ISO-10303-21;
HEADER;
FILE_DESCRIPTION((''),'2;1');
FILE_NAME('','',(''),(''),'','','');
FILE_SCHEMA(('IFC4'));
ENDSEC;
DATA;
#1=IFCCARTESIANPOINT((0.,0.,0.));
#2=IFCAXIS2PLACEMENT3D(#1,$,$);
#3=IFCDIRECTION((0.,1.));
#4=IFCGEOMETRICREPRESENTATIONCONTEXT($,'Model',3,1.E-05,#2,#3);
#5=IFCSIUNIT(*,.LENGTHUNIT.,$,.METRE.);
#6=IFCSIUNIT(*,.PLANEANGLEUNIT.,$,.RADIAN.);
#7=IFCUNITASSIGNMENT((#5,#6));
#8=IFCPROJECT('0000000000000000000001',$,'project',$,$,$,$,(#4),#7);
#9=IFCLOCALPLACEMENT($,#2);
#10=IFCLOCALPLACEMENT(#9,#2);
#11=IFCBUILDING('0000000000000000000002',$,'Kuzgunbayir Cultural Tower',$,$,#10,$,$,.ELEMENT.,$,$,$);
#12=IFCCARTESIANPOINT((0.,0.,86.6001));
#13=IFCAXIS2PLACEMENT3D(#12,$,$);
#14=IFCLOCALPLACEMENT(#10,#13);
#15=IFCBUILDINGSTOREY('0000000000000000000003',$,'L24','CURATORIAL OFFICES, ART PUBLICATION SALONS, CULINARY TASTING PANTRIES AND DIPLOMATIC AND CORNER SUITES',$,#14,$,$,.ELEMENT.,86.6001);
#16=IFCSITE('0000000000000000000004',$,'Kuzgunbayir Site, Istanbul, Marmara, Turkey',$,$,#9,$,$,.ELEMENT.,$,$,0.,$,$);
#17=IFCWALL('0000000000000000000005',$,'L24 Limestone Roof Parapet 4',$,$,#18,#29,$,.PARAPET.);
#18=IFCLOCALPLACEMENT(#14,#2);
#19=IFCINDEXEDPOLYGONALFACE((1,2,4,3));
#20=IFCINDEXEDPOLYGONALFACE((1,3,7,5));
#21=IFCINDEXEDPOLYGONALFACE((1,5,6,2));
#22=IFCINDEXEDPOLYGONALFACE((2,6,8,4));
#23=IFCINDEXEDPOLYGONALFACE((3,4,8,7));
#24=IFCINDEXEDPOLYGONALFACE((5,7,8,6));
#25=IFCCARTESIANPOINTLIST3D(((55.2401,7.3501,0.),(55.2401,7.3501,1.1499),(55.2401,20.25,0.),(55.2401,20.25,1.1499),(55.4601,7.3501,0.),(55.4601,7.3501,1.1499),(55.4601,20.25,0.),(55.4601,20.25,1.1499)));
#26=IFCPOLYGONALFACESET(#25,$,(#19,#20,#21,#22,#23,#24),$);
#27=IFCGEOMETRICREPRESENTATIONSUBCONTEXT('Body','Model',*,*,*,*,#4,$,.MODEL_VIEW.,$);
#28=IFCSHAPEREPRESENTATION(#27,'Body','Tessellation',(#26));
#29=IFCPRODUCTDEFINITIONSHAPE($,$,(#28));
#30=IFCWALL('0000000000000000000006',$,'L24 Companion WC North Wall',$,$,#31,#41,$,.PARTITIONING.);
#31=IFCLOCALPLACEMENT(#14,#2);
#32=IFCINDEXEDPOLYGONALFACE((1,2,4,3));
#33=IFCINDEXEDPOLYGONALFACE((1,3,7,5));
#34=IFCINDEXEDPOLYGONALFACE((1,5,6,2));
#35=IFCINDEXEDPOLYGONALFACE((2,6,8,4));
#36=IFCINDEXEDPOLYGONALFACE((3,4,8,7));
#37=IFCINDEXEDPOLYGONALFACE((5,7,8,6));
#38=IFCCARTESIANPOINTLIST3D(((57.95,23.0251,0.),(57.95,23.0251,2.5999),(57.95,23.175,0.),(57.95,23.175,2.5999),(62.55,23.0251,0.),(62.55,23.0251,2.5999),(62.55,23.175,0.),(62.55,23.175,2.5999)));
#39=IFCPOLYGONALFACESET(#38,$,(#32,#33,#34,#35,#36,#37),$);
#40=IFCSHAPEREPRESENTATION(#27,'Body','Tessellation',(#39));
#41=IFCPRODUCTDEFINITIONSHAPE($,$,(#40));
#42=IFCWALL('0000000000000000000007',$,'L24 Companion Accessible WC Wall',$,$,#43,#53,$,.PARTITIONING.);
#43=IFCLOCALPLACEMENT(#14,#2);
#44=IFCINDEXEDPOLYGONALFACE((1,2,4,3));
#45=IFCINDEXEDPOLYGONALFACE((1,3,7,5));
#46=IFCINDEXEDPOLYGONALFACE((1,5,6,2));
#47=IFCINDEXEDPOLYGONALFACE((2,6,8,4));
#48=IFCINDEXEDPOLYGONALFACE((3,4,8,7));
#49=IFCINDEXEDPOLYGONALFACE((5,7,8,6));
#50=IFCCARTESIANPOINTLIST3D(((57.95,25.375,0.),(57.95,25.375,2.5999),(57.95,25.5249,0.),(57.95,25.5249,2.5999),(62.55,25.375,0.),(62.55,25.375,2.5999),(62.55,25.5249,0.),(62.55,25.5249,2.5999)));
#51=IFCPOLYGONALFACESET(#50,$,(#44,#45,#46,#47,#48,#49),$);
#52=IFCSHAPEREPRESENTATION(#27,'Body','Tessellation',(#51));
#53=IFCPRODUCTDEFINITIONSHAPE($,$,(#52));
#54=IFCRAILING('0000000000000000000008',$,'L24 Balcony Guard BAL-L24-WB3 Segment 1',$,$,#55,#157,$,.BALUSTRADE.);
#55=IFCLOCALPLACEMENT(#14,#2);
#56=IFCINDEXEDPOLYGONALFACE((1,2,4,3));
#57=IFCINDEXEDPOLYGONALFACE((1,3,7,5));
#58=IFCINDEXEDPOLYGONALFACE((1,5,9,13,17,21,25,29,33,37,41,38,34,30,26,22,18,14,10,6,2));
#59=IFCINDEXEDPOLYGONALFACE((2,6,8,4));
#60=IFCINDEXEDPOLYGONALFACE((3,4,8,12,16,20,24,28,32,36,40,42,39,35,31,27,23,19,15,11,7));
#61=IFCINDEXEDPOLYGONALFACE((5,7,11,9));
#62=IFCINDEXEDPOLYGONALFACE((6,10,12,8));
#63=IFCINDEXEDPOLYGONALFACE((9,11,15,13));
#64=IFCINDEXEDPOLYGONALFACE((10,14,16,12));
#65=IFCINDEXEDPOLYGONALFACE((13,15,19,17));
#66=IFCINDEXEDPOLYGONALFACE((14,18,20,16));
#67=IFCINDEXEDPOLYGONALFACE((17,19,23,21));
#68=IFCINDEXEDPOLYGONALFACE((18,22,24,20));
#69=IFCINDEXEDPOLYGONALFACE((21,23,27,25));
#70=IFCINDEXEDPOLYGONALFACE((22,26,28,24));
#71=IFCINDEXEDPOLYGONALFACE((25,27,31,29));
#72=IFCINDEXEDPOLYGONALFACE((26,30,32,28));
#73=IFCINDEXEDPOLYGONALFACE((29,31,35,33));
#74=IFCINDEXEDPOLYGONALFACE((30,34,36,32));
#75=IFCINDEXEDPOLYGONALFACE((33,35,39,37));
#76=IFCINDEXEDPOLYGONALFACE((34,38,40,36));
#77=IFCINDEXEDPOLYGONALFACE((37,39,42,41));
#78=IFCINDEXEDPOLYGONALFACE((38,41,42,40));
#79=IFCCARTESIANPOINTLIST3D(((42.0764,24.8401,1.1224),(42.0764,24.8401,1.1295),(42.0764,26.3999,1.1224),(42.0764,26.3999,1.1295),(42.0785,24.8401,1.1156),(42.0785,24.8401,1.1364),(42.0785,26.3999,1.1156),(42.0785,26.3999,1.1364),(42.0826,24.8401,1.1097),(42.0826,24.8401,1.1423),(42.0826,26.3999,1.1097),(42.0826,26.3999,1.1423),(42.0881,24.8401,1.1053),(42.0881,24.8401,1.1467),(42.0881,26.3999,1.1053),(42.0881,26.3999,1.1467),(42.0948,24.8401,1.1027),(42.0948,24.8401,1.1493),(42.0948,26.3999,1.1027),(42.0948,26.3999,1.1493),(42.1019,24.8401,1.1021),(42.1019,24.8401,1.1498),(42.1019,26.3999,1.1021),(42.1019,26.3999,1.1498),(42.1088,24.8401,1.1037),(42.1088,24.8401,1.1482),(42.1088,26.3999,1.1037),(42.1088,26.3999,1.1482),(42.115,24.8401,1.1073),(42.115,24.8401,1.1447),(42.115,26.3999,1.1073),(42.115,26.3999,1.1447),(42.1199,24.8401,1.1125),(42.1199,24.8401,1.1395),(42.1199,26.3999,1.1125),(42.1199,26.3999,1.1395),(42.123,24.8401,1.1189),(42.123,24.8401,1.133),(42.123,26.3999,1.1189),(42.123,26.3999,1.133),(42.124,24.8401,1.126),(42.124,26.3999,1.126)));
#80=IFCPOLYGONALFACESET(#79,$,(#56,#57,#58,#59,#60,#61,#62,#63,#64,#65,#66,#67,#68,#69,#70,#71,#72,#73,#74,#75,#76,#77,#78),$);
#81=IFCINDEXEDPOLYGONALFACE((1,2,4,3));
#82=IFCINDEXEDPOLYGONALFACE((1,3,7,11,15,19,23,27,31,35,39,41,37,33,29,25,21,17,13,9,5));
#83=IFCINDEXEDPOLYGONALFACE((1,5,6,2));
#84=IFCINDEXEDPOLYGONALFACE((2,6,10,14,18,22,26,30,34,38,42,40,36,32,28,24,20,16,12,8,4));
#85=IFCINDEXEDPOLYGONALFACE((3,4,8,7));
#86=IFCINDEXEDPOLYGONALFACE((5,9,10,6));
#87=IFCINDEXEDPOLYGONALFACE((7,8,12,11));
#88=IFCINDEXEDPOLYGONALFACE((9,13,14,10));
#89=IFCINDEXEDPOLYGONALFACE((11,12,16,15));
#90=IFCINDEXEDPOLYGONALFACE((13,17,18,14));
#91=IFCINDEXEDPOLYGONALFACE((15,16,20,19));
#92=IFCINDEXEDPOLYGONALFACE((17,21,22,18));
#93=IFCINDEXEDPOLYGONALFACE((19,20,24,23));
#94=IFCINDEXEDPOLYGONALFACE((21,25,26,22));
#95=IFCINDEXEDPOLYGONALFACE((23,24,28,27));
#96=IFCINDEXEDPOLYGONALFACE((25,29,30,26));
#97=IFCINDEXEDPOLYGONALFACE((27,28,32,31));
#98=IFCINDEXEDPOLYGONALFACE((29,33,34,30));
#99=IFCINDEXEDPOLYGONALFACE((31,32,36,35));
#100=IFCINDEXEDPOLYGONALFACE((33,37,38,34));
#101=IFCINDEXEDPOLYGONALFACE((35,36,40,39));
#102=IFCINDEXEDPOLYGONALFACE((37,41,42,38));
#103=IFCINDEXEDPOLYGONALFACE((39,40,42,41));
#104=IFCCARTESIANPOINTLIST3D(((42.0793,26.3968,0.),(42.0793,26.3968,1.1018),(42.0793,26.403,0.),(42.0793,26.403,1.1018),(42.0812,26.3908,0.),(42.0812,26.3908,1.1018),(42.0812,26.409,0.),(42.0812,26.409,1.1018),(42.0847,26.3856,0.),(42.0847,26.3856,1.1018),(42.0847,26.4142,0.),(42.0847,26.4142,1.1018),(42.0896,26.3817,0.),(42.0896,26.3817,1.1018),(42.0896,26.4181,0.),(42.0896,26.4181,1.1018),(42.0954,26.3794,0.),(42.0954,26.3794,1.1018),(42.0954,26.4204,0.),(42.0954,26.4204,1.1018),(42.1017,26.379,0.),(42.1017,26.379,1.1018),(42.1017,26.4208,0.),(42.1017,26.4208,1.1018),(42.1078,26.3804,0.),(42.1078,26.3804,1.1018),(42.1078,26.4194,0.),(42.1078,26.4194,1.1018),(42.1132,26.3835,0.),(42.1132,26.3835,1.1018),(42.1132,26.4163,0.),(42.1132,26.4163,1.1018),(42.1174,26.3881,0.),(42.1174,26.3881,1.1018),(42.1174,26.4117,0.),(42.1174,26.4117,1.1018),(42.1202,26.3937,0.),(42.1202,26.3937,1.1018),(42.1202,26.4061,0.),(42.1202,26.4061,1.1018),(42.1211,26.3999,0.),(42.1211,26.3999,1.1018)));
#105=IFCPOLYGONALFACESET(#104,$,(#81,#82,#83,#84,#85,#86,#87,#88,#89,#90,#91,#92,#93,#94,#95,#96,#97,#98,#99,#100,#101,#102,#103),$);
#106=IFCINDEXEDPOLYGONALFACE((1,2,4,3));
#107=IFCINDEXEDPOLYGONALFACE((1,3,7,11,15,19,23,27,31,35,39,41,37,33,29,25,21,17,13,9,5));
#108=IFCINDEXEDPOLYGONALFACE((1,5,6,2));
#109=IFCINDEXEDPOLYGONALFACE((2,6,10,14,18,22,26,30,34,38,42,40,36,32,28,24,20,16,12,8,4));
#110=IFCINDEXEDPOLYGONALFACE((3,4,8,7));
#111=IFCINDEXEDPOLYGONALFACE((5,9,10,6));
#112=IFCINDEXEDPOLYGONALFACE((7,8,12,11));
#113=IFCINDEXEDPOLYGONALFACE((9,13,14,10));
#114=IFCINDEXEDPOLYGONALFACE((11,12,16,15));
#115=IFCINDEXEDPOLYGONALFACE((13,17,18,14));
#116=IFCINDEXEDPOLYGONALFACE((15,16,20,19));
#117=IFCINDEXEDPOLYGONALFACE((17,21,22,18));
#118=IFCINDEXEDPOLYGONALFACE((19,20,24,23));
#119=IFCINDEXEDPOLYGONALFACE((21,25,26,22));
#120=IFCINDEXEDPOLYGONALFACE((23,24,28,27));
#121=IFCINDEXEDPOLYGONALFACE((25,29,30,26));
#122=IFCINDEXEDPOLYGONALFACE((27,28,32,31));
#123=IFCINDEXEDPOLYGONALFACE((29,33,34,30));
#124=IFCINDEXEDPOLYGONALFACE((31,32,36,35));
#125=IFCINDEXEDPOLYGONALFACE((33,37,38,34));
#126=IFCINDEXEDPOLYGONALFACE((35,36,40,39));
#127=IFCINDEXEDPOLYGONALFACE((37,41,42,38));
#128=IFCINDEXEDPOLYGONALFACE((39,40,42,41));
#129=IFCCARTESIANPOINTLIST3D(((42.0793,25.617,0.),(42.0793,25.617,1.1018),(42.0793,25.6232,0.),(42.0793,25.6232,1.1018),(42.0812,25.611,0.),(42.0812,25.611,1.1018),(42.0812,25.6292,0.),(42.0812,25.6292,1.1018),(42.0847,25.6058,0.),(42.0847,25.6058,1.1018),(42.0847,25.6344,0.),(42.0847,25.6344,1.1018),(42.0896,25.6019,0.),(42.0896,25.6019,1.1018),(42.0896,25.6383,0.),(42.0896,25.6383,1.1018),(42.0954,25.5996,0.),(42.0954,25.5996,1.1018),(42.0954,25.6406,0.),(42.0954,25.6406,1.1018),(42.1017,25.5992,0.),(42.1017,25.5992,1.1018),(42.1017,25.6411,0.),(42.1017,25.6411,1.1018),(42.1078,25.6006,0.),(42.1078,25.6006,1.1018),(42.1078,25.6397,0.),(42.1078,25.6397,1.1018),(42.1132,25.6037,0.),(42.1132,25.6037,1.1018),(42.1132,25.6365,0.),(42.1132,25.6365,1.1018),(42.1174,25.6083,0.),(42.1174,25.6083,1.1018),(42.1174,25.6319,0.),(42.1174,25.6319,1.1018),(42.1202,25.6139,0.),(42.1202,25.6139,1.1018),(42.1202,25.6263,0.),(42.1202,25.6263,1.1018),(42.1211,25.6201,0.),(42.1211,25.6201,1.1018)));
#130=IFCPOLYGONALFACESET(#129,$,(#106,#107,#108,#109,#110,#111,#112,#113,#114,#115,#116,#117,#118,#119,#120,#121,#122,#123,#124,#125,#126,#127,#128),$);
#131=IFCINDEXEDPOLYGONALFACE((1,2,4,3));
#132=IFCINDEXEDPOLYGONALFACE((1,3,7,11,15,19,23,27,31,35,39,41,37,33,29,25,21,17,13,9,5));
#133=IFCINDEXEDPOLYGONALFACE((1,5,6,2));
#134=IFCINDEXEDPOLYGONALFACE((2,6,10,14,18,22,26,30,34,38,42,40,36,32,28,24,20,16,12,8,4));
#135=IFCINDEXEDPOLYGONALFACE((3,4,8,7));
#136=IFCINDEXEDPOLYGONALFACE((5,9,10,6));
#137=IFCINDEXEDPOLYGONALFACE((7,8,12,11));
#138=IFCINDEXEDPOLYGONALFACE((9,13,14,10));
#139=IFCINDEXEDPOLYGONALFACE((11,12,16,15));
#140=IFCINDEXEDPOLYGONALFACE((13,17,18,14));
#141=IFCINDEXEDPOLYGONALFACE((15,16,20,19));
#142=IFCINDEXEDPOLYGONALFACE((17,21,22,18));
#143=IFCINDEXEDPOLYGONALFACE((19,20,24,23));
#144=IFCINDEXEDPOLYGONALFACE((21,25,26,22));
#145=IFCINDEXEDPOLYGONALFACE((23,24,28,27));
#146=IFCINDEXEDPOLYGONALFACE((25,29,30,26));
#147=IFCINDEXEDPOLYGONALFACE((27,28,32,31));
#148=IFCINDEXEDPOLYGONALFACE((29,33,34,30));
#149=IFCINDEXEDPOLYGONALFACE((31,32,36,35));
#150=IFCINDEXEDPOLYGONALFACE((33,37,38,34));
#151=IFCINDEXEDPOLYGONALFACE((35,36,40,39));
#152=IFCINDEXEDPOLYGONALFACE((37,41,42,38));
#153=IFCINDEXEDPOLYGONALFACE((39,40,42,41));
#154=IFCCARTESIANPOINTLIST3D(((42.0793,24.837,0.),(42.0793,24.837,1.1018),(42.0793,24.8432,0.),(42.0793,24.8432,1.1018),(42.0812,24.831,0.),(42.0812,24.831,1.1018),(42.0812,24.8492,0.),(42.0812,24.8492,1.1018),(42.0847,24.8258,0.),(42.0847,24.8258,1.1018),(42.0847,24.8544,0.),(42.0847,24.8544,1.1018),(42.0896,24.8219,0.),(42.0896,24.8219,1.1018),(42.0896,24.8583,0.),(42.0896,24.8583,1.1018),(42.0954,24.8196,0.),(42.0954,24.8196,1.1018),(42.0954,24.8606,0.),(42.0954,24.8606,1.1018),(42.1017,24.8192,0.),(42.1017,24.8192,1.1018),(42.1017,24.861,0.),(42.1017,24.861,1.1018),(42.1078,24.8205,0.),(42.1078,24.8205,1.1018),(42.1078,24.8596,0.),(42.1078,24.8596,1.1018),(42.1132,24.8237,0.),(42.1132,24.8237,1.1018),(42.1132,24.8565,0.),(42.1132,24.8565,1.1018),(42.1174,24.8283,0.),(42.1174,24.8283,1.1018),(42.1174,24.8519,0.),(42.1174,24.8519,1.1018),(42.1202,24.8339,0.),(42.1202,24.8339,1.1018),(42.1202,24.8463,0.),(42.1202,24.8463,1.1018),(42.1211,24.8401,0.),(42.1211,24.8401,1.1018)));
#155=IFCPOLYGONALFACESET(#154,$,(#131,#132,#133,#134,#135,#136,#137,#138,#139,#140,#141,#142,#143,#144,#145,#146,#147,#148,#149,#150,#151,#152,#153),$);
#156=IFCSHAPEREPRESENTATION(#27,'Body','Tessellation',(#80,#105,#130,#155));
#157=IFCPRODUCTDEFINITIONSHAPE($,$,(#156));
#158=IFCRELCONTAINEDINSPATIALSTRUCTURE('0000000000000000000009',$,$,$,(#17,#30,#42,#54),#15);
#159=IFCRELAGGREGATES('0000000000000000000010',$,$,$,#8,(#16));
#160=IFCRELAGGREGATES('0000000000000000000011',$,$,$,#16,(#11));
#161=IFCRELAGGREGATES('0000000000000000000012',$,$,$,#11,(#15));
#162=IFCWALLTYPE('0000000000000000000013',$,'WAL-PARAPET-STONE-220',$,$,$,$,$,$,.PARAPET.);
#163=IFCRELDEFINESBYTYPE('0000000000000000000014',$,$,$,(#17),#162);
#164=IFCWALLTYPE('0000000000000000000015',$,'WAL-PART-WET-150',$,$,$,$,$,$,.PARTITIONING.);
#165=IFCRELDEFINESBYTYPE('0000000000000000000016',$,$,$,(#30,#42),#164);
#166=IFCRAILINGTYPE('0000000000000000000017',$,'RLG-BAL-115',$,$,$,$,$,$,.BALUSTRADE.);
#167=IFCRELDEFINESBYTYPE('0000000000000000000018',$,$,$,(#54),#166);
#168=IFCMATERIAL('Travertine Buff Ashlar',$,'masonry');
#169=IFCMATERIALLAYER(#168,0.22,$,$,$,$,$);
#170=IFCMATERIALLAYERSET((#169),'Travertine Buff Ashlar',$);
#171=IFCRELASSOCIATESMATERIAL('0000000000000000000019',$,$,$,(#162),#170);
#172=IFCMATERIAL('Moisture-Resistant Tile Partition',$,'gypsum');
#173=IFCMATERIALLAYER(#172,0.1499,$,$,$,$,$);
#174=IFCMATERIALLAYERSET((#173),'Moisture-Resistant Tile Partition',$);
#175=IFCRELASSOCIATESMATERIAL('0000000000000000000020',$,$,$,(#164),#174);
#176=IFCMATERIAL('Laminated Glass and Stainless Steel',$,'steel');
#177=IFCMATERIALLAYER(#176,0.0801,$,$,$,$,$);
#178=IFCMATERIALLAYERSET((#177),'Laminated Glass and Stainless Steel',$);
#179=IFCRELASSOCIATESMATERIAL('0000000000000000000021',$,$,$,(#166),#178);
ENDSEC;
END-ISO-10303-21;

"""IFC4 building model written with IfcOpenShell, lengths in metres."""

from ifc_helpers import new_model, si_unit, direction, frame, frame_2d, origin, origin_2d, place, context, subcontext, project, spatial, rectangle, circle, extrude, material, layer, layer_set, type_object, element, save


model = new_model("IFC4")

# Units and contexts
model_context = context("Model", 3, precision=1e-05, world=origin(), true_north=direction((0.0, 1.0)))
body_context = subcontext(model_context, "Body", "Model", "MODEL_VIEW")
ifc_project = project(units=[si_unit("LENGTHUNIT", "METRE"), si_unit("PLANEANGLEUNIT", "RADIAN")], contexts=[model_context])

# Site, building, storey
site_placement = place(None, origin())
site = spatial("IfcSite", under=ifc_project, at=site_placement, Name="Kuzgunbayir Site, Istanbul, Marmara, Turkey", CompositionType="ELEMENT", RefElevation=0.0)
building_placement = place(site_placement, origin())
building = spatial("IfcBuilding", under=site, at=building_placement, Name="Kuzgunbayir Cultural Tower", CompositionType="ELEMENT")
storey_placement = place(building_placement, frame((0.0, 0.0, 86.6001)))
storey = spatial("IfcBuildingStorey", under=building, at=storey_placement, Name="L24", Description="CURATORIAL OFFICES, ART PUBLICATION SALONS, CULINARY TASTING PANTRIES AND DIPLOMATIC AND CORNER SUITES", CompositionType="ELEMENT", Elevation=86.6001)

# Shared definitions
ifc_material_1 = material(Name="Travertine Buff Ashlar", Category="masonry")

# Walls
ifc_layer_1 = layer(ifc_material_1, 0.22)
ifc_layer_set_1 = layer_set([ifc_layer_1], Name="Travertine Buff Ashlar")
wall_type_1 = type_object("IfcWallType", Name="WAL-PARAPET-STONE-220", PredefinedType="PARAPET", material=ifc_layer_set_1)
wall_1_placement = place(storey_placement, frame((55.3501, 20.25, 0.0), z_axis=(0.0, 0.0, 1.0), x_axis=(0.0, -1.0, 0.0)))
element("IfcWall", 1, at=wall_1_placement, inside=storey, type_object=wall_type_1, Name="L24 Limestone Roof Parapet 4", PredefinedType="PARAPET", context=body_context, shape_type="SweptSolid", body=[
    extrude(rectangle(XDim=12.8999, YDim=0.22, at=frame_2d((6.45, 0.0))), origin(), (0.0, 0.0, 1.0), 1.1499),
])
ifc_material_2 = material(Name="Moisture-Resistant Tile Partition", Category="gypsum")
ifc_layer_2 = layer(ifc_material_2, 0.1499)
ifc_layer_set_2 = layer_set([ifc_layer_2], Name="Moisture-Resistant Tile Partition")
wall_type_2 = type_object("IfcWallType", Name="WAL-PART-WET-150", PredefinedType="PARTITIONING", material=ifc_layer_set_2)
for number, where, z_axis, x_axis, name in (
    (2, (57.95, 23.1001, 0.0), (0.0, 0.0, 1.0), (1.0, 0.0, 0.0), "L24 Companion WC North Wall"),
    (3, (57.95, 25.45, 0.0), (0.0, 0.0, 1.0), (1.0, 0.0, 0.0), "L24 Companion Accessible WC Wall"),
):
    element("IfcWall", number, at=place(storey_placement, frame(where, z_axis=z_axis, x_axis=x_axis)), inside=storey, type_object=wall_type_2, Name=name, PredefinedType="PARTITIONING", context=body_context, shape_type="SweptSolid", body=[
        extrude(rectangle(XDim=4.6001, YDim=0.1499, at=frame_2d((2.3, 0.0))), origin(), (0.0, 0.0, 1.0), 2.5999),
    ])

# Railing
ifc_material_3 = material(Name="Laminated Glass and Stainless Steel", Category="steel")
ifc_layer_3 = layer(ifc_material_3, 0.0801)
ifc_layer_set_3 = layer_set([ifc_layer_3], Name="Laminated Glass and Stainless Steel")
railing_type = type_object("IfcRailingType", Name="RLG-BAL-115", PredefinedType="BALUSTRADE", material=ifc_layer_set_3)
railing_1_placement = place(storey_placement, frame((42.1001, 26.3999, 0.0)))
element("IfcRailing", 4, at=railing_1_placement, inside=storey, type_object=railing_type, Name="L24 Balcony Guard BAL-L24-WB3 Segment 1", PredefinedType="BALUSTRADE", context=body_context, shape_type="SweptSolid", body=[
    extrude(circle(Radius=0.0239, at=origin_2d()), frame((0.0, 0.0, 1.126), z_axis=(0.0, -1.0, 0.0), x_axis=(1.0, 0.0, 0.0)), (0.0, 0.0, 1.0), 1.5598),
    extrude(circle(Radius=0.021, at=origin_2d()), origin(), (0.0, 0.0, 1.0), 1.1018),
    extrude(circle(Radius=0.021, at=origin_2d()), frame((0.0, -0.7798, 0.0)), (0.0, 0.0, 1.0), 1.1018),
    extrude(circle(Radius=0.021, at=origin_2d()), frame((0.0, -1.5598, 0.0)), (0.0, 0.0, 1.0), 1.1018),
])

save(model, "model.ifc")
